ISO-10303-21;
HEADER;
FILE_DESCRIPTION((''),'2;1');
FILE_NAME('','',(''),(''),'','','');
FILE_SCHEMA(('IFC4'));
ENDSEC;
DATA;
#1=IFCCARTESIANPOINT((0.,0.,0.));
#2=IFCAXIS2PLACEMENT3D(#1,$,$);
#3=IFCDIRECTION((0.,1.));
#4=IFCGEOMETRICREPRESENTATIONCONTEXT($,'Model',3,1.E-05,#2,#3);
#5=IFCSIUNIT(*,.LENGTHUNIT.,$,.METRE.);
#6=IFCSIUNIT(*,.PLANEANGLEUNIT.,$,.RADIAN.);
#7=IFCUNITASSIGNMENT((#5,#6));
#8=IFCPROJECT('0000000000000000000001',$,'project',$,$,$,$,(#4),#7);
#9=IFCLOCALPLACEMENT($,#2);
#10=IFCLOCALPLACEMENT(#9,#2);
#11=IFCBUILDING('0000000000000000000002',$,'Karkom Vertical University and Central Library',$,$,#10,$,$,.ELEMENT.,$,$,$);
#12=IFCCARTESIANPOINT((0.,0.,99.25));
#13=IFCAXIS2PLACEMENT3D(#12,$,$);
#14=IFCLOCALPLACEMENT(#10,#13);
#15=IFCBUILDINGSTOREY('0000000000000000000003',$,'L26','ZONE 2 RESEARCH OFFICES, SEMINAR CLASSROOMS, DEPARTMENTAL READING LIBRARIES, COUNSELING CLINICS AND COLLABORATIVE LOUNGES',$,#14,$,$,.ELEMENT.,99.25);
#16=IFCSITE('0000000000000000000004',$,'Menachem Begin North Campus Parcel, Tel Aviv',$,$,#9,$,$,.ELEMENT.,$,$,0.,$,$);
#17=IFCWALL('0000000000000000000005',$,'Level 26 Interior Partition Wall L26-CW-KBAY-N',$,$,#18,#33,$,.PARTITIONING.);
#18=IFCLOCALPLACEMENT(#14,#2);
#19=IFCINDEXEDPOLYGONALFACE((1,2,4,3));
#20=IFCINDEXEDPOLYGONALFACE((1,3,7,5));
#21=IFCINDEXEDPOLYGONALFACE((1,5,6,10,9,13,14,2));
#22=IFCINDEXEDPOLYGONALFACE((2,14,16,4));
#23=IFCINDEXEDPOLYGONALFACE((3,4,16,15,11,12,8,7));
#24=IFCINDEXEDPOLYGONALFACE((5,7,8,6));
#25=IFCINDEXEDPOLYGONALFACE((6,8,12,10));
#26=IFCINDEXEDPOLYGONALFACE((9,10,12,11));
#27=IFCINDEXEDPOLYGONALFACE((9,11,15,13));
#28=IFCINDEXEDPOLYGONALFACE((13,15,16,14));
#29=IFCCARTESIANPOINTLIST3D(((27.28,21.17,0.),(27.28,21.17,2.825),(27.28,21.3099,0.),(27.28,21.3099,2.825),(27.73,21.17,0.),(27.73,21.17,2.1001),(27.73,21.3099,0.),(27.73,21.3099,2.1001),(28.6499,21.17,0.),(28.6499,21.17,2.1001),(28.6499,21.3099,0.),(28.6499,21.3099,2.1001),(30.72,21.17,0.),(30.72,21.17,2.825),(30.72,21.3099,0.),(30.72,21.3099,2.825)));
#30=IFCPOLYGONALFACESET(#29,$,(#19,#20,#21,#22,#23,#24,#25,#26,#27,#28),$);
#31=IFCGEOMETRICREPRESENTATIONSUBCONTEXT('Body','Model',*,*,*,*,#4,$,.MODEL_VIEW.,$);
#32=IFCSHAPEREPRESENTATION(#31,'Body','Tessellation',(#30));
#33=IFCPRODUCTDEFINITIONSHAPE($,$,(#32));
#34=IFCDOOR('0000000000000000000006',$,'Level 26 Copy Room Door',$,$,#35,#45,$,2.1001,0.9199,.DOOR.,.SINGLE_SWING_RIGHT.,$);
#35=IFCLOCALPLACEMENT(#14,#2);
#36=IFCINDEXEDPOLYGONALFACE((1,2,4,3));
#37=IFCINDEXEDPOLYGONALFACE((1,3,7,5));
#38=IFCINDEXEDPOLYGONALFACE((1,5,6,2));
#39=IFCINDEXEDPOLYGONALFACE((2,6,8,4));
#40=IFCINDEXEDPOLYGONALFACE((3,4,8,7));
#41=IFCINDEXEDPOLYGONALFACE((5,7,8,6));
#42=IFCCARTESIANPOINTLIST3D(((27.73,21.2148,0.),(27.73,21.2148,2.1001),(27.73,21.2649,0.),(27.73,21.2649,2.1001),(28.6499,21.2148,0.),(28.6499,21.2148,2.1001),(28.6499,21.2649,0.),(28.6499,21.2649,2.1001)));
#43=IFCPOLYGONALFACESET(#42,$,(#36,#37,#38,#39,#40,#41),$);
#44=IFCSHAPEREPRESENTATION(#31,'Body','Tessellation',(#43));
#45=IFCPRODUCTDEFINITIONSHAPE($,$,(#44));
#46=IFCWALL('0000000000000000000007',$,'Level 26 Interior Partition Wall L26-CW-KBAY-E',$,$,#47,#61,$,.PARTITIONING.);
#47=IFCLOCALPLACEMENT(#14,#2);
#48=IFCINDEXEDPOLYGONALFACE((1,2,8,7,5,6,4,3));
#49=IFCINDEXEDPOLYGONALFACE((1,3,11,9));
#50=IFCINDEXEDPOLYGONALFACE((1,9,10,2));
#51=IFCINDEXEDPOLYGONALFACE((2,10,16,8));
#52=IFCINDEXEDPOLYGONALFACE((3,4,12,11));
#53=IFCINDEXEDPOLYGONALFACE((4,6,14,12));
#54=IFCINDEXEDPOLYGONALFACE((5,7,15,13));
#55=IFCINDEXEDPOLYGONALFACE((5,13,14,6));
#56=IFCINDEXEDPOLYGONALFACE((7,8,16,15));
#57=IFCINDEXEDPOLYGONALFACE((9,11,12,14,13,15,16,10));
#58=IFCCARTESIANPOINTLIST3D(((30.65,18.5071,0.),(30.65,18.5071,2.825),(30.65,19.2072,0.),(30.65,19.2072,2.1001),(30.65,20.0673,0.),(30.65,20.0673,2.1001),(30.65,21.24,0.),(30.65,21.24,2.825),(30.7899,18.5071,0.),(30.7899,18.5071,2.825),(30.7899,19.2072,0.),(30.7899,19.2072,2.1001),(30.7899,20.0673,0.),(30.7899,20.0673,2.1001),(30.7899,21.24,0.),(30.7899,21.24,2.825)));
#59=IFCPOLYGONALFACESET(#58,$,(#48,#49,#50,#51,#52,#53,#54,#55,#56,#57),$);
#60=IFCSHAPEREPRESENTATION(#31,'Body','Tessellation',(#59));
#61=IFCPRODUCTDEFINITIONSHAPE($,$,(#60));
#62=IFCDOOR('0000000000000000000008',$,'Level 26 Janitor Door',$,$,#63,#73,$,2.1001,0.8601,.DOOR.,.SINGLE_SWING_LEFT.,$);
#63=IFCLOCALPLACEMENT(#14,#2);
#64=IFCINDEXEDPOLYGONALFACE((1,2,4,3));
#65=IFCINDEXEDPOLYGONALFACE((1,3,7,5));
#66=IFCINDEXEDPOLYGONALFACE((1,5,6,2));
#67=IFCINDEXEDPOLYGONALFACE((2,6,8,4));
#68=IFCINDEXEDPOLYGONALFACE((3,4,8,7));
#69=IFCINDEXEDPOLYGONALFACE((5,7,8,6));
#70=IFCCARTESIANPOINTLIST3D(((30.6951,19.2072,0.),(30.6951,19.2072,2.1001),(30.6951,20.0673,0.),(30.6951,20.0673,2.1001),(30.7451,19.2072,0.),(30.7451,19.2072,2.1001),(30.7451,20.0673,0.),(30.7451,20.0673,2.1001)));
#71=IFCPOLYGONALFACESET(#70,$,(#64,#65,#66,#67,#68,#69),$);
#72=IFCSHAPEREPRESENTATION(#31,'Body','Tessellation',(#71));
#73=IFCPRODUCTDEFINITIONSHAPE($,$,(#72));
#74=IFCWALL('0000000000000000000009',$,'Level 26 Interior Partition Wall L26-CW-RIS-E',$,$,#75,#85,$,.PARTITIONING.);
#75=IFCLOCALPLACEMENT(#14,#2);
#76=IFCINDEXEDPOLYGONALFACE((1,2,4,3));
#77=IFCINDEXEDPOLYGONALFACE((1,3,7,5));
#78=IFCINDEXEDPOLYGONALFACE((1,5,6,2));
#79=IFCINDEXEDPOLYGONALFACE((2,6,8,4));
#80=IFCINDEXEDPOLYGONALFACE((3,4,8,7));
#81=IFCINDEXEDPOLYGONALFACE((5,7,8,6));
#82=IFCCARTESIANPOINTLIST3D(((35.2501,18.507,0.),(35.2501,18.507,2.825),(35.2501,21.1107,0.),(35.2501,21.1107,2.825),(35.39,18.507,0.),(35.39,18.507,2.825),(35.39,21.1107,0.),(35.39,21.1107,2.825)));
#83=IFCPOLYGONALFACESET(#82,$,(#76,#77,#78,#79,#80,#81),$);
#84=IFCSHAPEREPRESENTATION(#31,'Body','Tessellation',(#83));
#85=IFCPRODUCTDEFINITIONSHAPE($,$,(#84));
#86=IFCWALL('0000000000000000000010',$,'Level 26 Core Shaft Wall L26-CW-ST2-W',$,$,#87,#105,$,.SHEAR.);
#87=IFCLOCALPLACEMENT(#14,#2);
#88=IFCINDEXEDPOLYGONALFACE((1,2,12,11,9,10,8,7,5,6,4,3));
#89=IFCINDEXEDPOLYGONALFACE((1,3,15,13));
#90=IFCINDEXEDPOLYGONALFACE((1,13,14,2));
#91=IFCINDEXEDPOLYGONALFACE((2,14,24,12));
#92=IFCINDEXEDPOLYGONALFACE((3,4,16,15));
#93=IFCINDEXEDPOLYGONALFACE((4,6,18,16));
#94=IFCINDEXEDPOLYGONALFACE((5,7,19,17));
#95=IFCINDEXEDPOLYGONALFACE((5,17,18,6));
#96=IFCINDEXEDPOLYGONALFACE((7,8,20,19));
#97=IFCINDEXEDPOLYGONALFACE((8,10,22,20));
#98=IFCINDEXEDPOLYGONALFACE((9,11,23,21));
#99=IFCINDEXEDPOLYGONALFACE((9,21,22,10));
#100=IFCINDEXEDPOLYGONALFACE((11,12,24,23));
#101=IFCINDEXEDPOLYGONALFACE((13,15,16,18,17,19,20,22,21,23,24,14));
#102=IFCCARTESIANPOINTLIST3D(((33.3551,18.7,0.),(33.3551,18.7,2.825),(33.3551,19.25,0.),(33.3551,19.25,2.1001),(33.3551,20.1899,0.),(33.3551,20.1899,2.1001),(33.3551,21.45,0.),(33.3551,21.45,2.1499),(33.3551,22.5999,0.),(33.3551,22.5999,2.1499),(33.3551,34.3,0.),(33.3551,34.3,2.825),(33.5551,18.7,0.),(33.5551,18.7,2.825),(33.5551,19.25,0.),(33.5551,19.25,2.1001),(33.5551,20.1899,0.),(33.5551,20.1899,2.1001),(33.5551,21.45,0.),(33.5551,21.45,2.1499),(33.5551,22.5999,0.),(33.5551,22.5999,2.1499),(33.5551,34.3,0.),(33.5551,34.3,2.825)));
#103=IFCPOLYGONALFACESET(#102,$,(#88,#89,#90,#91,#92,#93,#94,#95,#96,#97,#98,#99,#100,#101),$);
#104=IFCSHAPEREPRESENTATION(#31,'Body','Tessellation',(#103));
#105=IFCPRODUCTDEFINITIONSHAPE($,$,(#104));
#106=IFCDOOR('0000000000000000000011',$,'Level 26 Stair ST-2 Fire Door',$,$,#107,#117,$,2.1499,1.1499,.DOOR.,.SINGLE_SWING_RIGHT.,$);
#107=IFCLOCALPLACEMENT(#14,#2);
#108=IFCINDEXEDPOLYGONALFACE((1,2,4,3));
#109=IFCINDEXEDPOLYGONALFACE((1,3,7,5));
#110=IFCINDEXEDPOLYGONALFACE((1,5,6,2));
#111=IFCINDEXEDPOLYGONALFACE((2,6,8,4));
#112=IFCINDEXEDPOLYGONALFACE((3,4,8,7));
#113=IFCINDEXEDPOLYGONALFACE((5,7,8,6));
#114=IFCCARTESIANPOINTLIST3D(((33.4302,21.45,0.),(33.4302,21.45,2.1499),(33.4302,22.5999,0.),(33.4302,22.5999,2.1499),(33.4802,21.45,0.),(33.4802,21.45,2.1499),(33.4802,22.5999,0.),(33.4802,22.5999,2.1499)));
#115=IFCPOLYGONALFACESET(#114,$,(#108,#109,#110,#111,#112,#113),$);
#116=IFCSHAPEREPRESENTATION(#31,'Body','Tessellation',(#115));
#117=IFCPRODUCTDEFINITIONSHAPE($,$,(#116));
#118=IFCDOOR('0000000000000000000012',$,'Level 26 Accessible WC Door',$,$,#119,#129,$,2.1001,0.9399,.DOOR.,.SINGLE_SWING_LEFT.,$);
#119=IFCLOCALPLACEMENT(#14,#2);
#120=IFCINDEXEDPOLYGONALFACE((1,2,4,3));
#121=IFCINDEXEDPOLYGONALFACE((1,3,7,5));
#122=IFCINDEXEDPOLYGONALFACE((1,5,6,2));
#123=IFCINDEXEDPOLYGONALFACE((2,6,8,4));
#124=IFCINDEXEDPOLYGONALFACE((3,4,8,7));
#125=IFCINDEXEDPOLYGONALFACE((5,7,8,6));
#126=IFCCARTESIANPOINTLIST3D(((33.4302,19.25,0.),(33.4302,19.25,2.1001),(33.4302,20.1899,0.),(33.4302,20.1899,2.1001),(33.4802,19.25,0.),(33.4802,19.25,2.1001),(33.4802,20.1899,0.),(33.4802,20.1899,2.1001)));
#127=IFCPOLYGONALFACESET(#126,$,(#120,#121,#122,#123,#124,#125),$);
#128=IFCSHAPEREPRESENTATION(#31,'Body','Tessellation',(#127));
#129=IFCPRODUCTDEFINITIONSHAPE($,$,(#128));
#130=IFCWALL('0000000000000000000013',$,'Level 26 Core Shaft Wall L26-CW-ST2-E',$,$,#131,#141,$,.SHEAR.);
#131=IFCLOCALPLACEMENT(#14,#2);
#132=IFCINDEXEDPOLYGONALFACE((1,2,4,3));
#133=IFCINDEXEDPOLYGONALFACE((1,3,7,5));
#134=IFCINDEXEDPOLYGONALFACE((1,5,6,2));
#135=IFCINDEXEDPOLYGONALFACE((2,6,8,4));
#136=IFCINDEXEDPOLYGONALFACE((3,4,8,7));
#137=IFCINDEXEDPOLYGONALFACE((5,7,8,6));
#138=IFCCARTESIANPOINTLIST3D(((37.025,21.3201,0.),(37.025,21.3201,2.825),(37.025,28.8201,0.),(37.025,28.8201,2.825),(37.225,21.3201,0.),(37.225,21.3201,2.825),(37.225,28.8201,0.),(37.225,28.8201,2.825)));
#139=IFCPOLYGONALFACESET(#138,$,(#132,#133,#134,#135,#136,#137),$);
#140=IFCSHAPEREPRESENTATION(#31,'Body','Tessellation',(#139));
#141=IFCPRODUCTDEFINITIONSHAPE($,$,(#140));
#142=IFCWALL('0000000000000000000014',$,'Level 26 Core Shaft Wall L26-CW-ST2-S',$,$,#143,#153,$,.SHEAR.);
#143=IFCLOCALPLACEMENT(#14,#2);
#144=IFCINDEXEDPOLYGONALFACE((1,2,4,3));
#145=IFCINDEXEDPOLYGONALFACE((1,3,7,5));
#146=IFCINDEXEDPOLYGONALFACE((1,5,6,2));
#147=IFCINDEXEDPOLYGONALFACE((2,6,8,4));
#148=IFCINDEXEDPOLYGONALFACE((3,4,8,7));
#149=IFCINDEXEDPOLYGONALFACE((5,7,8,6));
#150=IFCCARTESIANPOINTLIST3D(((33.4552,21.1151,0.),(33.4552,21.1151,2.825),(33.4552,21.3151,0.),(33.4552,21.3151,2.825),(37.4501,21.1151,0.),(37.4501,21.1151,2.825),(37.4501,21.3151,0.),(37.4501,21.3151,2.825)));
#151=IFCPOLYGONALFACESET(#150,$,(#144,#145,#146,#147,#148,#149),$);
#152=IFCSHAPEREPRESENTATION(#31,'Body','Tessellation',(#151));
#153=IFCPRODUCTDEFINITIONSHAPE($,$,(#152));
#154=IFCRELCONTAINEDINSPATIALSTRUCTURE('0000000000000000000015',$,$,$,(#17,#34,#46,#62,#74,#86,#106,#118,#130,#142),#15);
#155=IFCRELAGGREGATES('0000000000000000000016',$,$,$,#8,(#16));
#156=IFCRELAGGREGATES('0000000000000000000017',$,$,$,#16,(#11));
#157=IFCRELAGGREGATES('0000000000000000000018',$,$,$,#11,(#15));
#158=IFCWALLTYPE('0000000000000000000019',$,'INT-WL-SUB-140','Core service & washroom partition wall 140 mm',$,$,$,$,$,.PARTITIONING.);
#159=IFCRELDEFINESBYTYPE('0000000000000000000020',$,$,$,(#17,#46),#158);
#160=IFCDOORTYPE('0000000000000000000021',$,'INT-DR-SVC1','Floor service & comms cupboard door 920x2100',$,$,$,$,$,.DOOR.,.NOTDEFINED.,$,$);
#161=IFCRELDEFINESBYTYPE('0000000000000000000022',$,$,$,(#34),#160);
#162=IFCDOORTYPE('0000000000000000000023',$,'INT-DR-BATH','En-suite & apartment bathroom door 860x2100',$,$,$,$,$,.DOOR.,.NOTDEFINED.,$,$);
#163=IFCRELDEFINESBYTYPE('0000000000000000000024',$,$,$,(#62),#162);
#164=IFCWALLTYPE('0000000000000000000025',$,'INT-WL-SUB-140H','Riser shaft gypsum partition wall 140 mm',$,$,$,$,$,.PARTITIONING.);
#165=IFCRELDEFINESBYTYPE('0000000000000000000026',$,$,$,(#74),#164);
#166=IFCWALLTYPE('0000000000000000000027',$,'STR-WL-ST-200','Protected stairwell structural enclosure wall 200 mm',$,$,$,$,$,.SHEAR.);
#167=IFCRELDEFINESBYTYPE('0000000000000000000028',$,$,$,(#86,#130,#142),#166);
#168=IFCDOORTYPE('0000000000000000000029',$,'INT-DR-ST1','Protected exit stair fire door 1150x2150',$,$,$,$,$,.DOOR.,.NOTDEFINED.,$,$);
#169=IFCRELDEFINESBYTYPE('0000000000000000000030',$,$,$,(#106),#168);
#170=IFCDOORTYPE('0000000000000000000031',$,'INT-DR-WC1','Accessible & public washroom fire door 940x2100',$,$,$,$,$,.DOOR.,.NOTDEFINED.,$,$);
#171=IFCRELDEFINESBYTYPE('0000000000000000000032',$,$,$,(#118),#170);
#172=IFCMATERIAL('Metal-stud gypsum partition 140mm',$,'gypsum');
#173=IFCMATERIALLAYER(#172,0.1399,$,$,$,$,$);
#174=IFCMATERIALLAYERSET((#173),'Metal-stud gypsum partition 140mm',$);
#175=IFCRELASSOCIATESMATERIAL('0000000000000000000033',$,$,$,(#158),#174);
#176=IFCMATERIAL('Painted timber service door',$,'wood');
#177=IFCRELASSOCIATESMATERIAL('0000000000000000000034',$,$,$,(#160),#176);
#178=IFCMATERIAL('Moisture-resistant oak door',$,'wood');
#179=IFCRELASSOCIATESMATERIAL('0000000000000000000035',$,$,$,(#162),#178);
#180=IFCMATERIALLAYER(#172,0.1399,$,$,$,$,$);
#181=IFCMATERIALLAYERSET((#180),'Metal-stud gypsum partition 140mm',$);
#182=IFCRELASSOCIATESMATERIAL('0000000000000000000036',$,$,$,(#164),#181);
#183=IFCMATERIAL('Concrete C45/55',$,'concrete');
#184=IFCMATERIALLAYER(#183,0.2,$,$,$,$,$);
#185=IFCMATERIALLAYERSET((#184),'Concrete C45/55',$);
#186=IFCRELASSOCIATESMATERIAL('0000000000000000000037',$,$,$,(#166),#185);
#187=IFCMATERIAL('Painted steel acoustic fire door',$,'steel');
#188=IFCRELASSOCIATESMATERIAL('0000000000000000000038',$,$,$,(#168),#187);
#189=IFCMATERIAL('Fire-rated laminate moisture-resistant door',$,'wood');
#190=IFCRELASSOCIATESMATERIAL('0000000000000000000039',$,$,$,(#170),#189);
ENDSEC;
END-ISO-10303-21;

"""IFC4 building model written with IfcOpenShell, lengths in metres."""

from ifc_helpers import new_model, si_unit, direction, frame, frame_2d, origin, origin_with_axes, place, context, subcontext, project, spatial, rectangle, extrude, source, transform, mapped, material, layer, layer_set, type_object, element, fill, save


model = new_model("IFC4")

# Units and contexts
model_context = context("Model", 3, precision=1e-05, world=origin(), true_north=direction((0.0, 1.0)))
body_context = subcontext(model_context, "Body", "Model", "MODEL_VIEW")
ifc_project = project(units=[si_unit("LENGTHUNIT", "METRE"), si_unit("PLANEANGLEUNIT", "RADIAN")], contexts=[model_context])

# Site, building, storey
site_placement = place(None, origin())
site = spatial("IfcSite", under=ifc_project, at=site_placement, Name="Menachem Begin North Campus Parcel, Tel Aviv", CompositionType="ELEMENT", RefElevation=0.0)
building_placement = place(site_placement, origin())
building = spatial("IfcBuilding", under=site, at=building_placement, Name="Karkom Vertical University and Central Library", CompositionType="ELEMENT")
storey_placement = place(building_placement, frame((0.0, 0.0, 99.25)))
storey = spatial("IfcBuildingStorey", under=building, at=storey_placement, Name="L26", Description="ZONE 2 RESEARCH OFFICES, SEMINAR CLASSROOMS, DEPARTMENTAL READING LIBRARIES, COUNSELING CLINICS AND COLLABORATIVE LOUNGES", CompositionType="ELEMENT", Elevation=99.25)

# Walls, openings, doors
ifc_material_1 = material(Name="Metal-stud gypsum partition 140mm", Category="gypsum")
ifc_layer_1 = layer(ifc_material_1, 0.1399)
ifc_layer_set_1 = layer_set([ifc_layer_1], Name="Metal-stud gypsum partition 140mm")
wall_type_1 = type_object("IfcWallType", Name="INT-WL-SUB-140", Description="Core service & washroom partition wall 140 mm", PredefinedType="PARTITIONING", material=ifc_layer_set_1)
wall_1_placement = place(storey_placement, frame((27.28, 21.24, 0.0), z_axis=(0.0, 0.0, 1.0), x_axis=(1.0, 0.0, 0.0)))
wall_1 = element("IfcWall", 1, at=wall_1_placement, inside=storey, type_object=wall_type_1, Name="Level 26 Interior Partition Wall L26-CW-KBAY-N", PredefinedType="PARTITIONING", context=body_context, shape_type="SweptSolid", body=[
    extrude(rectangle(XDim=3.4399, YDim=0.1399, at=frame_2d((1.72, 0.0))), origin(), (0.0, 0.0, 1.0), 2.825),
])
opening_1_placement = place(wall_1_placement, frame((0.45, 0.0, 0.0)))
opening_1 = element("IfcOpeningElement", 2, at=opening_1_placement, cuts=wall_1, PredefinedType="OPENING", context=body_context, shape_type="SweptSolid", body=[
    extrude(rectangle(XDim=0.9199, YDim=2.1001, at=frame_2d((0.46, 1.05))), frame((0.0, 0.0801, 0.0), z_axis=(0.0, -1.0, 0.0), x_axis=(1.0, 0.0, 0.0)), (0.0, 0.0, 1.0), 0.1599),
])
ifc_material_2 = material(Name="Painted timber service door", Category="wood")
door_type_1 = type_object("IfcDoorType", Name="INT-DR-SVC1", Description="Floor service & comms cupboard door 920x2100", OperationType="NOTDEFINED", PredefinedType="DOOR", material=ifc_material_2)
shared_shape_1 = source(origin_with_axes(), body_context, "Body", "SweptSolid", [
    extrude(rectangle(XDim=0.9199, YDim=2.1001, at=frame_2d((0.46, 1.05))), frame((0.0, 0.0249, 0.0), z_axis=(0.0, -1.0, 0.0), x_axis=(1.0, 0.0, 0.0)), (0.0, 0.0, 1.0), 0.05),
])
door_1_placement = place(opening_1_placement, origin())
door_1 = element("IfcDoor", 3, at=door_1_placement, inside=storey, type_object=door_type_1, Name="Level 26 Copy Room Door", OperationType="SINGLE_SWING_RIGHT", OverallHeight=2.1001, OverallWidth=0.9199, PredefinedType="DOOR", context=body_context, shape_type="MappedRepresentation", body=[
    mapped(shared_shape_1, transform((0.0, 0.0, 0.0), scale=1.0)),
])
fill(opening_1, door_1)
wall_2_placement = place(storey_placement, frame((30.72, 18.5071, 0.0), z_axis=(0.0, 0.0, 1.0), x_axis=(0.0, 1.0, 0.0)))
wall_2 = element("IfcWall", 4, at=wall_2_placement, inside=storey, type_object=wall_type_1, Name="Level 26 Interior Partition Wall L26-CW-KBAY-E", PredefinedType="PARTITIONING", context=body_context, shape_type="SweptSolid", body=[
    extrude(rectangle(XDim=2.7329, YDim=0.1399, at=frame_2d((1.3665, 0.0))), origin(), (0.0, 0.0, 1.0), 2.825),
])
opening_2_placement = place(wall_2_placement, frame((0.7, 0.0, 0.0)))
opening_2 = element("IfcOpeningElement", 5, at=opening_2_placement, cuts=wall_2, PredefinedType="OPENING", context=body_context, shape_type="SweptSolid", body=[
    extrude(rectangle(XDim=0.8601, YDim=2.1001, at=frame_2d((0.4302, 1.05))), frame((0.0, 0.0801, 0.0), z_axis=(0.0, -1.0, 0.0), x_axis=(1.0, 0.0, 0.0)), (0.0, 0.0, 1.0), 0.1599),
])
ifc_material_3 = material(Name="Moisture-resistant oak door", Category="wood")
door_type_2 = type_object("IfcDoorType", Name="INT-DR-BATH", Description="En-suite & apartment bathroom door 860x2100", OperationType="NOTDEFINED", PredefinedType="DOOR", material=ifc_material_3)
shared_shape_2 = source(origin_with_axes(), body_context, "Body", "SweptSolid", [
    extrude(rectangle(XDim=0.8601, YDim=2.1001, at=frame_2d((0.4302, 1.05))), frame((0.0, 0.0249, 0.0), z_axis=(0.0, -1.0, 0.0), x_axis=(1.0, 0.0, 0.0)), (0.0, 0.0, 1.0), 0.05),
])
door_2_placement = place(opening_2_placement, origin())
door_2 = element("IfcDoor", 6, at=door_2_placement, inside=storey, type_object=door_type_2, Name="Level 26 Janitor Door", OperationType="SINGLE_SWING_LEFT", OverallHeight=2.1001, OverallWidth=0.8601, PredefinedType="DOOR", context=body_context, shape_type="MappedRepresentation", body=[
    mapped(shared_shape_2, transform((0.0, 0.0, 0.0), scale=1.0)),
])
fill(opening_2, door_2)

# Wall
ifc_layer_2 = layer(ifc_material_1, 0.1399)
ifc_layer_set_2 = layer_set([ifc_layer_2], Name="Metal-stud gypsum partition 140mm")
wall_type_2 = type_object("IfcWallType", Name="INT-WL-SUB-140H", Description="Riser shaft gypsum partition wall 140 mm", PredefinedType="PARTITIONING", material=ifc_layer_set_2)
wall_3_placement = place(storey_placement, frame((35.3201, 18.5071, 0.0), z_axis=(0.0, 0.0, 1.0), x_axis=(0.0, 1.0, 0.0)))
element("IfcWall", 7, at=wall_3_placement, inside=storey, type_object=wall_type_2, Name="Level 26 Interior Partition Wall L26-CW-RIS-E", PredefinedType="PARTITIONING", context=body_context, shape_type="SweptSolid", body=[
    extrude(rectangle(XDim=2.6038, YDim=0.1399, at=frame_2d((1.3018, 0.0))), origin(), (0.0, 0.0, 1.0), 2.825),
])

# Wall, openings, doors
ifc_material_4 = material(Name="Concrete C45/55", Category="concrete")
ifc_layer_3 = layer(ifc_material_4, 0.2)
ifc_layer_set_3 = layer_set([ifc_layer_3], Name="Concrete C45/55")
wall_type_3 = type_object("IfcWallType", Name="STR-WL-ST-200", Description="Protected stairwell structural enclosure wall 200 mm", PredefinedType="SHEAR", material=ifc_layer_set_3)
wall_4_placement = place(storey_placement, frame((33.4551, 18.7, 0.0), z_axis=(0.0, 0.0, 1.0), x_axis=(0.0, 1.0, 0.0)))
wall_4 = element("IfcWall", 8, at=wall_4_placement, inside=storey, type_object=wall_type_3, Name="Level 26 Core Shaft Wall L26-CW-ST2-W", PredefinedType="SHEAR", context=body_context, shape_type="SweptSolid", body=[
    extrude(rectangle(XDim=15.6001, YDim=0.2, at=frame_2d((7.8, 0.0))), origin(), (0.0, 0.0, 1.0), 2.825),
])
opening_3_placement = place(wall_4_placement, frame((2.75, 0.0, 0.0)))
opening_3 = element("IfcOpeningElement", 9, at=opening_3_placement, cuts=wall_4, PredefinedType="OPENING", context=body_context, shape_type="SweptSolid", body=[
    extrude(rectangle(XDim=1.1499, YDim=2.1499, at=frame_2d((0.575, 1.075))), frame((0.0, 0.1099, 0.0), z_axis=(0.0, -1.0, 0.0), x_axis=(1.0, 0.0, 0.0)), (0.0, 0.0, 1.0), 0.22),
])
opening_4_placement = place(wall_4_placement, frame((0.55, 0.0, 0.0)))
opening_4 = element("IfcOpeningElement", 10, at=opening_4_placement, cuts=wall_4, PredefinedType="OPENING", context=body_context, shape_type="SweptSolid", body=[
    extrude(rectangle(XDim=0.9399, YDim=2.1001, at=frame_2d((0.47, 1.05))), frame((0.0, 0.1099, 0.0), z_axis=(0.0, -1.0, 0.0), x_axis=(1.0, 0.0, 0.0)), (0.0, 0.0, 1.0), 0.22),
])
ifc_material_5 = material(Name="Painted steel acoustic fire door", Category="steel")
door_type_3 = type_object("IfcDoorType", Name="INT-DR-ST1", Description="Protected exit stair fire door 1150x2150", OperationType="NOTDEFINED", PredefinedType="DOOR", material=ifc_material_5)
shared_shape_3 = source(origin_with_axes(), body_context, "Body", "SweptSolid", [
    extrude(rectangle(XDim=1.1499, YDim=2.1499, at=frame_2d((0.575, 1.075))), frame((0.0, 0.0249, 0.0), z_axis=(0.0, -1.0, 0.0), x_axis=(1.0, 0.0, 0.0)), (0.0, 0.0, 1.0), 0.05),
])
door_3_placement = place(opening_3_placement, origin())
door_3 = element("IfcDoor", 11, at=door_3_placement, inside=storey, type_object=door_type_3, Name="Level 26 Stair ST-2 Fire Door", OperationType="SINGLE_SWING_RIGHT", OverallHeight=2.1499, OverallWidth=1.1499, PredefinedType="DOOR", context=body_context, shape_type="MappedRepresentation", body=[
    mapped(shared_shape_3, transform((0.0, 0.0, 0.0), scale=1.0)),
])
fill(opening_3, door_3)
ifc_material_6 = material(Name="Fire-rated laminate moisture-resistant door", Category="wood")
door_type_4 = type_object("IfcDoorType", Name="INT-DR-WC1", Description="Accessible & public washroom fire door 940x2100", OperationType="NOTDEFINED", PredefinedType="DOOR", material=ifc_material_6)
shared_shape_4 = source(origin_with_axes(), body_context, "Body", "SweptSolid", [
    extrude(rectangle(XDim=0.9399, YDim=2.1001, at=frame_2d((0.47, 1.05))), frame((0.0, 0.0249, 0.0), z_axis=(0.0, -1.0, 0.0), x_axis=(1.0, 0.0, 0.0)), (0.0, 0.0, 1.0), 0.05),
])
door_4_placement = place(opening_4_placement, origin())
door_4 = element("IfcDoor", 12, at=door_4_placement, inside=storey, type_object=door_type_4, Name="Level 26 Accessible WC Door", OperationType="SINGLE_SWING_LEFT", OverallHeight=2.1001, OverallWidth=0.9399, PredefinedType="DOOR", context=body_context, shape_type="MappedRepresentation", body=[
    mapped(shared_shape_4, transform((0.0, 0.0, 0.0), scale=1.0)),
])
fill(opening_4, door_4)

# Walls
wall_5_placement = place(storey_placement, frame((37.125, 21.3201, 0.0), z_axis=(0.0, 0.0, 1.0), x_axis=(0.0, 1.0, 0.0)))
element("IfcWall", 13, at=wall_5_placement, inside=storey, type_object=wall_type_3, Name="Level 26 Core Shaft Wall L26-CW-ST2-E", PredefinedType="SHEAR", context=body_context, shape_type="SweptSolid", body=[
    extrude(rectangle(XDim=7.5, YDim=0.2, at=frame_2d((3.75, 0.0))), origin(), (0.0, 0.0, 1.0), 2.825),
])
wall_6_placement = place(storey_placement, frame((33.4551, 21.2151, 0.0), z_axis=(0.0, 0.0, 1.0), x_axis=(1.0, 0.0, 0.0)))
element("IfcWall", 14, at=wall_6_placement, inside=storey, type_object=wall_type_3, Name="Level 26 Core Shaft Wall L26-CW-ST2-S", PredefinedType="SHEAR", context=body_context, shape_type="SweptSolid", body=[
    extrude(rectangle(XDim=3.9949, YDim=0.2, at=frame_2d((1.9976, 0.0))), origin(), (0.0, 0.0, 1.0), 2.825),
])

save(model, "model.ifc")
